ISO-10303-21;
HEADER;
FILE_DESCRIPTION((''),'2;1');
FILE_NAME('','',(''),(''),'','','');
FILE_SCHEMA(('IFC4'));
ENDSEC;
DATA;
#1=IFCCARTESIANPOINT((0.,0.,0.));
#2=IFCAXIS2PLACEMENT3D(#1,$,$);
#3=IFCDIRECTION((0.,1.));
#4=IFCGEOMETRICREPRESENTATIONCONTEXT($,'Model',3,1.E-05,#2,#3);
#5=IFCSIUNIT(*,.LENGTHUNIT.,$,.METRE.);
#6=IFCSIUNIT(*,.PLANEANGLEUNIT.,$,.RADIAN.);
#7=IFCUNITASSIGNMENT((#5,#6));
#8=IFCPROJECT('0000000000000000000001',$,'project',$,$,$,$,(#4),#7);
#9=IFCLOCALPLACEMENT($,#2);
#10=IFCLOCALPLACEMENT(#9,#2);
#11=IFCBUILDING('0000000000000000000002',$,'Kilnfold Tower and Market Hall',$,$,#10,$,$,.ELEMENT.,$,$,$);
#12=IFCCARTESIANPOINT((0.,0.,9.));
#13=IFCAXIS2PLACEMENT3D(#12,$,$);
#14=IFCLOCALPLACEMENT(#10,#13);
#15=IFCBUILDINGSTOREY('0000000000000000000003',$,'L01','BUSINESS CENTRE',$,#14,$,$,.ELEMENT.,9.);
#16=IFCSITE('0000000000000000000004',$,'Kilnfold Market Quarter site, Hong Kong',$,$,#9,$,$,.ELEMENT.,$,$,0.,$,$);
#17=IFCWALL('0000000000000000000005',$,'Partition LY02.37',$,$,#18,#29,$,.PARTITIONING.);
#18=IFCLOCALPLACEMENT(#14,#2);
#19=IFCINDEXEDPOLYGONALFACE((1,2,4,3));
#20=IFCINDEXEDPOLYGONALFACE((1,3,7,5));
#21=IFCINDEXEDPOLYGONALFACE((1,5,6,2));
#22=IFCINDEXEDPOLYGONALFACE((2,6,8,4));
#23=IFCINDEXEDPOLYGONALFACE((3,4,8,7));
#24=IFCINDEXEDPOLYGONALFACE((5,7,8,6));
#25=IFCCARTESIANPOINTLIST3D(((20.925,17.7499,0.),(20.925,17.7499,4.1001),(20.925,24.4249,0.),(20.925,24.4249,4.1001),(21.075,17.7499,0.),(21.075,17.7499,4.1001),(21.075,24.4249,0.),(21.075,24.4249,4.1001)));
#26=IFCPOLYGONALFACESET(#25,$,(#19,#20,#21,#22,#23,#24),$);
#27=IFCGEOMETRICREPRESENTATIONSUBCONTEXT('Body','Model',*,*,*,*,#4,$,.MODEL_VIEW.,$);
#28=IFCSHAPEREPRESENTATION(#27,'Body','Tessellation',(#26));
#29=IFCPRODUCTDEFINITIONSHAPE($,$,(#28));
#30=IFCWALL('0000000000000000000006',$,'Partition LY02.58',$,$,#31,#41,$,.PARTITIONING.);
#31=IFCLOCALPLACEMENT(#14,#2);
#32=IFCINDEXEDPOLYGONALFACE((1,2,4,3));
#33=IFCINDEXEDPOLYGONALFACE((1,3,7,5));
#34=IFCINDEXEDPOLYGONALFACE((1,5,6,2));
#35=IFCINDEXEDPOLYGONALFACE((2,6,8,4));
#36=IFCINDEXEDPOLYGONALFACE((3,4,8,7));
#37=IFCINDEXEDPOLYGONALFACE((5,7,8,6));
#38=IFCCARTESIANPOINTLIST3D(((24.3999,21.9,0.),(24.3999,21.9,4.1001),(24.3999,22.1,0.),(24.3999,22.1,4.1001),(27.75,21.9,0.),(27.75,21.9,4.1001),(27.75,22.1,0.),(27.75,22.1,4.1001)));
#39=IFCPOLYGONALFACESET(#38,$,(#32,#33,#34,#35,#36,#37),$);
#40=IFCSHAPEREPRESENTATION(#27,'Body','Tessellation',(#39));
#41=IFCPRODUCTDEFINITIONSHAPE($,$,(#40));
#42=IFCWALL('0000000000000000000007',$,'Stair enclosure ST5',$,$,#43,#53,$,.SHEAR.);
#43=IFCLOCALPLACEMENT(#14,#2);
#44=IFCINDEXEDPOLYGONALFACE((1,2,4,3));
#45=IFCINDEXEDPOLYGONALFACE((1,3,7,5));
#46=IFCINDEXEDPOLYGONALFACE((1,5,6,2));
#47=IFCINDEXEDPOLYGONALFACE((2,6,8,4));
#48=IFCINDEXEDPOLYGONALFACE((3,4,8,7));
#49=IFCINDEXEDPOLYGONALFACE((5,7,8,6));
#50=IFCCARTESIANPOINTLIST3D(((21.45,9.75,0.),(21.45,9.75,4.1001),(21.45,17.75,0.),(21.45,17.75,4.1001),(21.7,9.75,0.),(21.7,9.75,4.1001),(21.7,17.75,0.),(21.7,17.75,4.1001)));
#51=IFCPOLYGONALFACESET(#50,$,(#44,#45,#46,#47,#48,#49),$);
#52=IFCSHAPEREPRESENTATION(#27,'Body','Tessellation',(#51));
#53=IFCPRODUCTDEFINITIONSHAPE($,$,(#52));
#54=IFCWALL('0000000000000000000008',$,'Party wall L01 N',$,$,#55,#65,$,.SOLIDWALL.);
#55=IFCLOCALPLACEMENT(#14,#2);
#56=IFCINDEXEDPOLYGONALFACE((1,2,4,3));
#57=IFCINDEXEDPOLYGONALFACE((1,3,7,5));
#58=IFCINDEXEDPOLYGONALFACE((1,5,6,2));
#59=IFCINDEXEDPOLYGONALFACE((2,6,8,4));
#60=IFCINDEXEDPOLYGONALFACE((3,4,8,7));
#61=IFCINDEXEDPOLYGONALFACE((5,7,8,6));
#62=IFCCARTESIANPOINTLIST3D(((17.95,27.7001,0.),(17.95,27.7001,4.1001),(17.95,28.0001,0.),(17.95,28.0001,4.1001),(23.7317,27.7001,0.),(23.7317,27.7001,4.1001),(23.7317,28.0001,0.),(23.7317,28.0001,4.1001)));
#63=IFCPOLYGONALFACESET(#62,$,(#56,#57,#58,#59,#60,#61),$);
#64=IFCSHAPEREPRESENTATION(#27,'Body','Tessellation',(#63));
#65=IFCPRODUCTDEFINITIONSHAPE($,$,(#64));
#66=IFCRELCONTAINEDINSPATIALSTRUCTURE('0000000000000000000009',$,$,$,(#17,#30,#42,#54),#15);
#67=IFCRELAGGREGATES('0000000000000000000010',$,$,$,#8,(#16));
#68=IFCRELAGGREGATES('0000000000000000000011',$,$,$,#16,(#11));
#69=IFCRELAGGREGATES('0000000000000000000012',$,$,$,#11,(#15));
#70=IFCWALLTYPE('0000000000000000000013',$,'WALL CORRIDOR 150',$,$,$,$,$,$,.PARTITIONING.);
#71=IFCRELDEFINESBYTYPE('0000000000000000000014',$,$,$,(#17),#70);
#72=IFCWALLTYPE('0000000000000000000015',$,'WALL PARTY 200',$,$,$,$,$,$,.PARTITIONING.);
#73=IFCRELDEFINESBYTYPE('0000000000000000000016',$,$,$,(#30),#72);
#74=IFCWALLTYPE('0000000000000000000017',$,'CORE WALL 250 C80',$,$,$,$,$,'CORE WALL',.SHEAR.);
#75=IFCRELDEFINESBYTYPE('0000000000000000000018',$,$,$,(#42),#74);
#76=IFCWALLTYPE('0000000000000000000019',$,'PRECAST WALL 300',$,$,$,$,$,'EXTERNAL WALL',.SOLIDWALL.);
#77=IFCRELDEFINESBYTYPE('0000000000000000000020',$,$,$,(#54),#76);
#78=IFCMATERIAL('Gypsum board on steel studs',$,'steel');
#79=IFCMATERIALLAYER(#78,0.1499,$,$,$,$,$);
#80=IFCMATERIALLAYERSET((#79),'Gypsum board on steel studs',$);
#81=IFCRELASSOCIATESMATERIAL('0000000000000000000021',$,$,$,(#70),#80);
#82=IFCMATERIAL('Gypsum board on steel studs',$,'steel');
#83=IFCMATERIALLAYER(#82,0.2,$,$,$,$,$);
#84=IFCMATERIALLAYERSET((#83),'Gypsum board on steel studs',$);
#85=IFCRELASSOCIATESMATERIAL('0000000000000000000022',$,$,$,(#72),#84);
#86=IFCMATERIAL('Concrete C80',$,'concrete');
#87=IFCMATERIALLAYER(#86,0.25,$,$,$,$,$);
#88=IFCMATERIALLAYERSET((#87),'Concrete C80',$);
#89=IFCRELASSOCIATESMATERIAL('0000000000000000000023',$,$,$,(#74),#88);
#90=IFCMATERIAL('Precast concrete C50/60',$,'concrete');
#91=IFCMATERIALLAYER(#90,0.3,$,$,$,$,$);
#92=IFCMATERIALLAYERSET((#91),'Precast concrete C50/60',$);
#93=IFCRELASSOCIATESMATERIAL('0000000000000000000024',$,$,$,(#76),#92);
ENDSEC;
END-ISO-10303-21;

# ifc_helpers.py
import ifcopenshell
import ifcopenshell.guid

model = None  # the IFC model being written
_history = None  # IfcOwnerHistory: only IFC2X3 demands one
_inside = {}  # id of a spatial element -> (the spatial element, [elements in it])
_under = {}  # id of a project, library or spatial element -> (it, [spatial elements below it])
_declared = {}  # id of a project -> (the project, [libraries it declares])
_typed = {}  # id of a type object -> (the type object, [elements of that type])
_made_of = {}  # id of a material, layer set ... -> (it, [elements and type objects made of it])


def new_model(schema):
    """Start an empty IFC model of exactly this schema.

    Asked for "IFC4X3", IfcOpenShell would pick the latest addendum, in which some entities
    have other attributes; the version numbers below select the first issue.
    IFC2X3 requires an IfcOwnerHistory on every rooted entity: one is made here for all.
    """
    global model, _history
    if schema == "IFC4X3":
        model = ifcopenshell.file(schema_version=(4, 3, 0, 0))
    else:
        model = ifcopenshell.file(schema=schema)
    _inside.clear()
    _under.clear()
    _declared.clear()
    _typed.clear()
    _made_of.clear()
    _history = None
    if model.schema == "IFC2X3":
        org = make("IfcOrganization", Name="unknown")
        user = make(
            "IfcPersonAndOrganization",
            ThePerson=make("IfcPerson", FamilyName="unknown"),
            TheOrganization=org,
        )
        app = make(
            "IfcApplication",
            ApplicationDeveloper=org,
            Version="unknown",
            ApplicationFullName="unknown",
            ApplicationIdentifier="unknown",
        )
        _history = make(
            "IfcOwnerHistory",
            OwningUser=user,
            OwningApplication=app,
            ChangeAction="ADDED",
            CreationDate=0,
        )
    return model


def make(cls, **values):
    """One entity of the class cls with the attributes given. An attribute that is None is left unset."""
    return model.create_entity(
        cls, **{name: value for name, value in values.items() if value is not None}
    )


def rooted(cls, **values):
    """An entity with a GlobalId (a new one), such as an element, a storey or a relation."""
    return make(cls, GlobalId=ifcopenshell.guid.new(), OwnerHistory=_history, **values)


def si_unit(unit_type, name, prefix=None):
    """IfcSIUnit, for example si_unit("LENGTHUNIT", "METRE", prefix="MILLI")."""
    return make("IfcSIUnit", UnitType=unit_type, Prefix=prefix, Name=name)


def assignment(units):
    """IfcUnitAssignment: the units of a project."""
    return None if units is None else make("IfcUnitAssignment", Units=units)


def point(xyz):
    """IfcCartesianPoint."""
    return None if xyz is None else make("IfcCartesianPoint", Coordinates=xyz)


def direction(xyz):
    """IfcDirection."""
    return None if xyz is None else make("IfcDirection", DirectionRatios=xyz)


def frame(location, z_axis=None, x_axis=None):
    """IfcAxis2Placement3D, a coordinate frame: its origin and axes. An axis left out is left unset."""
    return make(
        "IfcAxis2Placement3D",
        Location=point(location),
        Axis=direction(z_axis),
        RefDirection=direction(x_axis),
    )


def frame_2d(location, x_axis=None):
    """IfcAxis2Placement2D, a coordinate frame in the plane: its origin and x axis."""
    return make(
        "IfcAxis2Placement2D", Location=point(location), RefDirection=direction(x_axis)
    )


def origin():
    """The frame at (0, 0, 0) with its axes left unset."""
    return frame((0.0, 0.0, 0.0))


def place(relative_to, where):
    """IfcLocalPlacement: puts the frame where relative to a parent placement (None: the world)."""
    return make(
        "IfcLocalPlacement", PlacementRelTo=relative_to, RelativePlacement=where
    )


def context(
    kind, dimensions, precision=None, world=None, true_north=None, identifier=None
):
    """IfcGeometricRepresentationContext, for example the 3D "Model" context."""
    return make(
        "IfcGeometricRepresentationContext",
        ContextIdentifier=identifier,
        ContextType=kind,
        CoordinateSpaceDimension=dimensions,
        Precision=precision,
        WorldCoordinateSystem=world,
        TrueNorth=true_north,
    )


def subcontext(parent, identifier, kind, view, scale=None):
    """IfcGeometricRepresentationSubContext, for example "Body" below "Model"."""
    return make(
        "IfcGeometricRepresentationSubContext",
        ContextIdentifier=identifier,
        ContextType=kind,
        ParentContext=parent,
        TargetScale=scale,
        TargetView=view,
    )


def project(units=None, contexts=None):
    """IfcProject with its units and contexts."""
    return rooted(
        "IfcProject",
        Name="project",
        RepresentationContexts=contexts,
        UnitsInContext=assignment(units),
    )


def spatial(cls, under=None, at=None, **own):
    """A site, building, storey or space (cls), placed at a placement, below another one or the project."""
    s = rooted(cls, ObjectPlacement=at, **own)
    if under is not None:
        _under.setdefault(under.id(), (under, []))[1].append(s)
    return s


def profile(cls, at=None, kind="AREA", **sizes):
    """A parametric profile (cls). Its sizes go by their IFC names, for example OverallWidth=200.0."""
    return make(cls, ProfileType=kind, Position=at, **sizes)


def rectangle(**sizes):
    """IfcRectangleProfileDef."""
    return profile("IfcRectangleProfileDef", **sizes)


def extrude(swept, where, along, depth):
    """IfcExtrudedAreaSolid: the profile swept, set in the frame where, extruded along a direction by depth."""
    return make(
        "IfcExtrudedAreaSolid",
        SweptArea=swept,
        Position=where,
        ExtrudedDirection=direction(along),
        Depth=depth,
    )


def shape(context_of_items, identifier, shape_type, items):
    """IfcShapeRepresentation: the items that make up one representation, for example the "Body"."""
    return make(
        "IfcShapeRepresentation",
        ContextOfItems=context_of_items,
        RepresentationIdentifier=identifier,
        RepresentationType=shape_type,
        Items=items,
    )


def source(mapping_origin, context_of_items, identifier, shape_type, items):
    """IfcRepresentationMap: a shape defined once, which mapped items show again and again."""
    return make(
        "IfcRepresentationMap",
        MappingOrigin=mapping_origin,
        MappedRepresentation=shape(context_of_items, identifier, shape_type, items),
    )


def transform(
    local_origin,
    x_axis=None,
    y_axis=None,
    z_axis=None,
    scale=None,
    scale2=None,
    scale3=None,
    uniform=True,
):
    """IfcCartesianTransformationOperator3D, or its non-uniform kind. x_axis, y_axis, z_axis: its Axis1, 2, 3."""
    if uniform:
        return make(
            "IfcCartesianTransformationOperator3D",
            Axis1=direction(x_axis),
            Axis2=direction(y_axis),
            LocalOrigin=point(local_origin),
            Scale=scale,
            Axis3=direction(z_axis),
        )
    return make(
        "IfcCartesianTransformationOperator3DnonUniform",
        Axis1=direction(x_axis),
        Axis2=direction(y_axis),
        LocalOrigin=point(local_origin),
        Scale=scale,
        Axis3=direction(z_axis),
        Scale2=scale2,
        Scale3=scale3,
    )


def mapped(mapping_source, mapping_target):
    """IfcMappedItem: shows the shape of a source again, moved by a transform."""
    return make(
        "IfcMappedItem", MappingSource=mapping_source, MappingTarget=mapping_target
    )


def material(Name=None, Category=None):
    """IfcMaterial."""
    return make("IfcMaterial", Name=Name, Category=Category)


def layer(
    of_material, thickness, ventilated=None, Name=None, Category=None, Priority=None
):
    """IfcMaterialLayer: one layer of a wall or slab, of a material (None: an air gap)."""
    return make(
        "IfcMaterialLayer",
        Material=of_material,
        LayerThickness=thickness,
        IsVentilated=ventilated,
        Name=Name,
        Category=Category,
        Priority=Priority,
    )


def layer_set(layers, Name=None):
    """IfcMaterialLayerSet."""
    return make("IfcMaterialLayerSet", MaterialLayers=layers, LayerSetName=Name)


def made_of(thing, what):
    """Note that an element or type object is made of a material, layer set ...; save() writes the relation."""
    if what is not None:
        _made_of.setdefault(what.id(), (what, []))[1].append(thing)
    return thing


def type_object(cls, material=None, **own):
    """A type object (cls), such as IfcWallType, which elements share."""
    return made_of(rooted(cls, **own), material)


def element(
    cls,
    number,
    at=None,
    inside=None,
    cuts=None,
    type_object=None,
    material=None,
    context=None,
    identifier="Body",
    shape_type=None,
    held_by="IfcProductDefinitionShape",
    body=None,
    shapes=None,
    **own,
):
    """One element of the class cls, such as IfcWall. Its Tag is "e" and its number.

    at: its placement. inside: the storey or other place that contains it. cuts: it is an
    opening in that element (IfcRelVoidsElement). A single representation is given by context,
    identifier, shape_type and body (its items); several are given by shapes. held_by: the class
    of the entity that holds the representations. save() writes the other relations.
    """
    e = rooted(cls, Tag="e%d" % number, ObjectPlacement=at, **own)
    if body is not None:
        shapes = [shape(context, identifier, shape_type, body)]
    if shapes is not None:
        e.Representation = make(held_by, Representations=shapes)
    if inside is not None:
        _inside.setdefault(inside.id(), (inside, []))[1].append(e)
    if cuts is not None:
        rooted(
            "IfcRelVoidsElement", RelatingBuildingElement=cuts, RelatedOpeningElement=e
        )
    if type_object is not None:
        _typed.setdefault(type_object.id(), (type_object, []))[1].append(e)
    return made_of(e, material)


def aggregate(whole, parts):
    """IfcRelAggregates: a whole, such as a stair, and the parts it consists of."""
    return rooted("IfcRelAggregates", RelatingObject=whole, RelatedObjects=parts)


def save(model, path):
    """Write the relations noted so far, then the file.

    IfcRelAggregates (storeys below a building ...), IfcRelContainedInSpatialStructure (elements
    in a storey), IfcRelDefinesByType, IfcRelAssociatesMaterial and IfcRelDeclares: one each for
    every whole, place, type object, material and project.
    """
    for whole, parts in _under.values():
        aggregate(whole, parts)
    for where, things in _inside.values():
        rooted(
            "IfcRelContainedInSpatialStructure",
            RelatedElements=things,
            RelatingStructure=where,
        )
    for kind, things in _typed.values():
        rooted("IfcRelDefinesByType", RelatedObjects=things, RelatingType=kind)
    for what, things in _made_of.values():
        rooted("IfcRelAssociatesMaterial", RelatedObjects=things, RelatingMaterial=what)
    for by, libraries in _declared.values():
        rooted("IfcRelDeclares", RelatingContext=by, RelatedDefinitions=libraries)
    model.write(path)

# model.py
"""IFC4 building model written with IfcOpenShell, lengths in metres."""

from ifc_helpers import new_model, si_unit, direction, frame, frame_2d, origin, place, context, subcontext, project, spatial, rectangle, extrude, source, transform, mapped, material, layer, layer_set, type_object, element, save


model = new_model("IFC4")

# Units and contexts
model_context = context("Model", 3, precision=1e-05, world=origin(), true_north=direction((0.0, 1.0)))
body_context = subcontext(model_context, "Body", "Model", "MODEL_VIEW")
ifc_project = project(units=[si_unit("LENGTHUNIT", "METRE"), si_unit("PLANEANGLEUNIT", "RADIAN")], contexts=[model_context])

# Site, building, storey
site_placement = place(None, origin())
site = spatial("IfcSite", under=ifc_project, at=site_placement, Name="Kilnfold Market Quarter site, Hong Kong", CompositionType="ELEMENT", RefElevation=0.0)
building_placement = place(site_placement, origin())
building = spatial("IfcBuilding", under=site, at=building_placement, Name="Kilnfold Tower and Market Hall", CompositionType="ELEMENT")
storey_placement = place(building_placement, frame((0.0, 0.0, 9.0)))
storey = spatial("IfcBuildingStorey", under=building, at=storey_placement, Name="L01", Description="BUSINESS CENTRE", CompositionType="ELEMENT", Elevation=9.0)

# Walls
ifc_material_1 = material(Name="Gypsum board on steel studs", Category="steel")
ifc_layer_1 = layer(ifc_material_1, 0.1499)
ifc_layer_set_1 = layer_set([ifc_layer_1], Name="Gypsum board on steel studs")
wall_type_1 = type_object("IfcWallType", Name="WALL CORRIDOR 150", PredefinedType="PARTITIONING", material=ifc_layer_set_1)
wall_1_placement = place(storey_placement, frame((21.0, 17.75, 0.0), z_axis=(0.0, 0.0, 1.0), x_axis=(0.0, 1.0, 0.0)))
element("IfcWall", 1, at=wall_1_placement, inside=storey, type_object=wall_type_1, Name="Partition LY02.37", PredefinedType="PARTITIONING", context=body_context, shape_type="SweptSolid", body=[
    extrude(rectangle(XDim=6.675, YDim=0.1499, at=frame_2d((3.3374, 0.0))), origin(), (0.0, 0.0, 1.0), 4.1001),
])
ifc_material_2 = material(Name="Gypsum board on steel studs", Category="steel")
ifc_layer_2 = layer(ifc_material_2, 0.2)
ifc_layer_set_2 = layer_set([ifc_layer_2], Name="Gypsum board on steel studs")
wall_type_2 = type_object("IfcWallType", Name="WALL PARTY 200", PredefinedType="PARTITIONING", material=ifc_layer_set_2)
wall_2_placement = place(storey_placement, frame((24.3999, 22.0, 0.0), z_axis=(0.0, 0.0, 1.0), x_axis=(1.0, 0.0, 0.0)))
element("IfcWall", 2, at=wall_2_placement, inside=storey, type_object=wall_type_2, Name="Partition LY02.58", PredefinedType="PARTITIONING", context=body_context, shape_type="SweptSolid", body=[
    extrude(rectangle(XDim=3.3501, YDim=0.2, at=frame_2d((1.675, 0.0))), origin(), (0.0, 0.0, 1.0), 4.1001),
])
ifc_material_3 = material(Name="Concrete C80", Category="concrete")
ifc_layer_3 = layer(ifc_material_3, 0.25)
ifc_layer_set_3 = layer_set([ifc_layer_3], Name="Concrete C80")
wall_type_3 = type_object("IfcWallType", Name="CORE WALL 250 C80", ElementType="CORE WALL", PredefinedType="SHEAR", material=ifc_layer_set_3)
shared_shape_1 = source(origin(), body_context, "Body", "SweptSolid", [
    extrude(rectangle(XDim=8.0, YDim=0.25, at=frame_2d((4.0, 0.0))), origin(), (0.0, 0.0, 1.0), 4.1001),
])
wall_3_placement = place(storey_placement, frame((21.575, 9.75, 0.0), z_axis=(0.0, 0.0, 1.0), x_axis=(0.0, 1.0, 0.0)))
element("IfcWall", 3, at=wall_3_placement, inside=storey, type_object=wall_type_3, Name="Stair enclosure ST5", PredefinedType="SHEAR", context=body_context, shape_type="MappedRepresentation", body=[
    mapped(shared_shape_1, transform((0.0, 0.0, 0.0))),
])

# Shared definitions
ifc_material_4 = material(Name="Precast concrete C50/60", Category="concrete")
ifc_layer_4 = layer(ifc_material_4, 0.3)
ifc_layer_set_4 = layer_set([ifc_layer_4], Name="Precast concrete C50/60")
wall_type_4 = type_object("IfcWallType", Name="PRECAST WALL 300", ElementType="EXTERNAL WALL", PredefinedType="SOLIDWALL", material=ifc_layer_set_4)

# Wall
shared_shape_2 = source(origin(), body_context, "Body", "SweptSolid", [
    extrude(rectangle(XDim=5.7817, YDim=0.3, at=frame_2d((2.8909, 0.0))), origin(), (0.0, 0.0, 1.0), 4.1001),
])
wall_4_placement = place(storey_placement, frame((23.7317, 27.8501, 0.0), z_axis=(0.0, 0.0, 1.0), x_axis=(-1.0, 0.0, 0.0)))
element("IfcWall", 4, at=wall_4_placement, inside=storey, type_object=wall_type_4, Name="Party wall L01 N", PredefinedType="SOLIDWALL", context=body_context, shape_type="MappedRepresentation", body=[
    mapped(shared_shape_2, transform((0.0, 0.0, 0.0))),
])

save(model, "model.ifc")
